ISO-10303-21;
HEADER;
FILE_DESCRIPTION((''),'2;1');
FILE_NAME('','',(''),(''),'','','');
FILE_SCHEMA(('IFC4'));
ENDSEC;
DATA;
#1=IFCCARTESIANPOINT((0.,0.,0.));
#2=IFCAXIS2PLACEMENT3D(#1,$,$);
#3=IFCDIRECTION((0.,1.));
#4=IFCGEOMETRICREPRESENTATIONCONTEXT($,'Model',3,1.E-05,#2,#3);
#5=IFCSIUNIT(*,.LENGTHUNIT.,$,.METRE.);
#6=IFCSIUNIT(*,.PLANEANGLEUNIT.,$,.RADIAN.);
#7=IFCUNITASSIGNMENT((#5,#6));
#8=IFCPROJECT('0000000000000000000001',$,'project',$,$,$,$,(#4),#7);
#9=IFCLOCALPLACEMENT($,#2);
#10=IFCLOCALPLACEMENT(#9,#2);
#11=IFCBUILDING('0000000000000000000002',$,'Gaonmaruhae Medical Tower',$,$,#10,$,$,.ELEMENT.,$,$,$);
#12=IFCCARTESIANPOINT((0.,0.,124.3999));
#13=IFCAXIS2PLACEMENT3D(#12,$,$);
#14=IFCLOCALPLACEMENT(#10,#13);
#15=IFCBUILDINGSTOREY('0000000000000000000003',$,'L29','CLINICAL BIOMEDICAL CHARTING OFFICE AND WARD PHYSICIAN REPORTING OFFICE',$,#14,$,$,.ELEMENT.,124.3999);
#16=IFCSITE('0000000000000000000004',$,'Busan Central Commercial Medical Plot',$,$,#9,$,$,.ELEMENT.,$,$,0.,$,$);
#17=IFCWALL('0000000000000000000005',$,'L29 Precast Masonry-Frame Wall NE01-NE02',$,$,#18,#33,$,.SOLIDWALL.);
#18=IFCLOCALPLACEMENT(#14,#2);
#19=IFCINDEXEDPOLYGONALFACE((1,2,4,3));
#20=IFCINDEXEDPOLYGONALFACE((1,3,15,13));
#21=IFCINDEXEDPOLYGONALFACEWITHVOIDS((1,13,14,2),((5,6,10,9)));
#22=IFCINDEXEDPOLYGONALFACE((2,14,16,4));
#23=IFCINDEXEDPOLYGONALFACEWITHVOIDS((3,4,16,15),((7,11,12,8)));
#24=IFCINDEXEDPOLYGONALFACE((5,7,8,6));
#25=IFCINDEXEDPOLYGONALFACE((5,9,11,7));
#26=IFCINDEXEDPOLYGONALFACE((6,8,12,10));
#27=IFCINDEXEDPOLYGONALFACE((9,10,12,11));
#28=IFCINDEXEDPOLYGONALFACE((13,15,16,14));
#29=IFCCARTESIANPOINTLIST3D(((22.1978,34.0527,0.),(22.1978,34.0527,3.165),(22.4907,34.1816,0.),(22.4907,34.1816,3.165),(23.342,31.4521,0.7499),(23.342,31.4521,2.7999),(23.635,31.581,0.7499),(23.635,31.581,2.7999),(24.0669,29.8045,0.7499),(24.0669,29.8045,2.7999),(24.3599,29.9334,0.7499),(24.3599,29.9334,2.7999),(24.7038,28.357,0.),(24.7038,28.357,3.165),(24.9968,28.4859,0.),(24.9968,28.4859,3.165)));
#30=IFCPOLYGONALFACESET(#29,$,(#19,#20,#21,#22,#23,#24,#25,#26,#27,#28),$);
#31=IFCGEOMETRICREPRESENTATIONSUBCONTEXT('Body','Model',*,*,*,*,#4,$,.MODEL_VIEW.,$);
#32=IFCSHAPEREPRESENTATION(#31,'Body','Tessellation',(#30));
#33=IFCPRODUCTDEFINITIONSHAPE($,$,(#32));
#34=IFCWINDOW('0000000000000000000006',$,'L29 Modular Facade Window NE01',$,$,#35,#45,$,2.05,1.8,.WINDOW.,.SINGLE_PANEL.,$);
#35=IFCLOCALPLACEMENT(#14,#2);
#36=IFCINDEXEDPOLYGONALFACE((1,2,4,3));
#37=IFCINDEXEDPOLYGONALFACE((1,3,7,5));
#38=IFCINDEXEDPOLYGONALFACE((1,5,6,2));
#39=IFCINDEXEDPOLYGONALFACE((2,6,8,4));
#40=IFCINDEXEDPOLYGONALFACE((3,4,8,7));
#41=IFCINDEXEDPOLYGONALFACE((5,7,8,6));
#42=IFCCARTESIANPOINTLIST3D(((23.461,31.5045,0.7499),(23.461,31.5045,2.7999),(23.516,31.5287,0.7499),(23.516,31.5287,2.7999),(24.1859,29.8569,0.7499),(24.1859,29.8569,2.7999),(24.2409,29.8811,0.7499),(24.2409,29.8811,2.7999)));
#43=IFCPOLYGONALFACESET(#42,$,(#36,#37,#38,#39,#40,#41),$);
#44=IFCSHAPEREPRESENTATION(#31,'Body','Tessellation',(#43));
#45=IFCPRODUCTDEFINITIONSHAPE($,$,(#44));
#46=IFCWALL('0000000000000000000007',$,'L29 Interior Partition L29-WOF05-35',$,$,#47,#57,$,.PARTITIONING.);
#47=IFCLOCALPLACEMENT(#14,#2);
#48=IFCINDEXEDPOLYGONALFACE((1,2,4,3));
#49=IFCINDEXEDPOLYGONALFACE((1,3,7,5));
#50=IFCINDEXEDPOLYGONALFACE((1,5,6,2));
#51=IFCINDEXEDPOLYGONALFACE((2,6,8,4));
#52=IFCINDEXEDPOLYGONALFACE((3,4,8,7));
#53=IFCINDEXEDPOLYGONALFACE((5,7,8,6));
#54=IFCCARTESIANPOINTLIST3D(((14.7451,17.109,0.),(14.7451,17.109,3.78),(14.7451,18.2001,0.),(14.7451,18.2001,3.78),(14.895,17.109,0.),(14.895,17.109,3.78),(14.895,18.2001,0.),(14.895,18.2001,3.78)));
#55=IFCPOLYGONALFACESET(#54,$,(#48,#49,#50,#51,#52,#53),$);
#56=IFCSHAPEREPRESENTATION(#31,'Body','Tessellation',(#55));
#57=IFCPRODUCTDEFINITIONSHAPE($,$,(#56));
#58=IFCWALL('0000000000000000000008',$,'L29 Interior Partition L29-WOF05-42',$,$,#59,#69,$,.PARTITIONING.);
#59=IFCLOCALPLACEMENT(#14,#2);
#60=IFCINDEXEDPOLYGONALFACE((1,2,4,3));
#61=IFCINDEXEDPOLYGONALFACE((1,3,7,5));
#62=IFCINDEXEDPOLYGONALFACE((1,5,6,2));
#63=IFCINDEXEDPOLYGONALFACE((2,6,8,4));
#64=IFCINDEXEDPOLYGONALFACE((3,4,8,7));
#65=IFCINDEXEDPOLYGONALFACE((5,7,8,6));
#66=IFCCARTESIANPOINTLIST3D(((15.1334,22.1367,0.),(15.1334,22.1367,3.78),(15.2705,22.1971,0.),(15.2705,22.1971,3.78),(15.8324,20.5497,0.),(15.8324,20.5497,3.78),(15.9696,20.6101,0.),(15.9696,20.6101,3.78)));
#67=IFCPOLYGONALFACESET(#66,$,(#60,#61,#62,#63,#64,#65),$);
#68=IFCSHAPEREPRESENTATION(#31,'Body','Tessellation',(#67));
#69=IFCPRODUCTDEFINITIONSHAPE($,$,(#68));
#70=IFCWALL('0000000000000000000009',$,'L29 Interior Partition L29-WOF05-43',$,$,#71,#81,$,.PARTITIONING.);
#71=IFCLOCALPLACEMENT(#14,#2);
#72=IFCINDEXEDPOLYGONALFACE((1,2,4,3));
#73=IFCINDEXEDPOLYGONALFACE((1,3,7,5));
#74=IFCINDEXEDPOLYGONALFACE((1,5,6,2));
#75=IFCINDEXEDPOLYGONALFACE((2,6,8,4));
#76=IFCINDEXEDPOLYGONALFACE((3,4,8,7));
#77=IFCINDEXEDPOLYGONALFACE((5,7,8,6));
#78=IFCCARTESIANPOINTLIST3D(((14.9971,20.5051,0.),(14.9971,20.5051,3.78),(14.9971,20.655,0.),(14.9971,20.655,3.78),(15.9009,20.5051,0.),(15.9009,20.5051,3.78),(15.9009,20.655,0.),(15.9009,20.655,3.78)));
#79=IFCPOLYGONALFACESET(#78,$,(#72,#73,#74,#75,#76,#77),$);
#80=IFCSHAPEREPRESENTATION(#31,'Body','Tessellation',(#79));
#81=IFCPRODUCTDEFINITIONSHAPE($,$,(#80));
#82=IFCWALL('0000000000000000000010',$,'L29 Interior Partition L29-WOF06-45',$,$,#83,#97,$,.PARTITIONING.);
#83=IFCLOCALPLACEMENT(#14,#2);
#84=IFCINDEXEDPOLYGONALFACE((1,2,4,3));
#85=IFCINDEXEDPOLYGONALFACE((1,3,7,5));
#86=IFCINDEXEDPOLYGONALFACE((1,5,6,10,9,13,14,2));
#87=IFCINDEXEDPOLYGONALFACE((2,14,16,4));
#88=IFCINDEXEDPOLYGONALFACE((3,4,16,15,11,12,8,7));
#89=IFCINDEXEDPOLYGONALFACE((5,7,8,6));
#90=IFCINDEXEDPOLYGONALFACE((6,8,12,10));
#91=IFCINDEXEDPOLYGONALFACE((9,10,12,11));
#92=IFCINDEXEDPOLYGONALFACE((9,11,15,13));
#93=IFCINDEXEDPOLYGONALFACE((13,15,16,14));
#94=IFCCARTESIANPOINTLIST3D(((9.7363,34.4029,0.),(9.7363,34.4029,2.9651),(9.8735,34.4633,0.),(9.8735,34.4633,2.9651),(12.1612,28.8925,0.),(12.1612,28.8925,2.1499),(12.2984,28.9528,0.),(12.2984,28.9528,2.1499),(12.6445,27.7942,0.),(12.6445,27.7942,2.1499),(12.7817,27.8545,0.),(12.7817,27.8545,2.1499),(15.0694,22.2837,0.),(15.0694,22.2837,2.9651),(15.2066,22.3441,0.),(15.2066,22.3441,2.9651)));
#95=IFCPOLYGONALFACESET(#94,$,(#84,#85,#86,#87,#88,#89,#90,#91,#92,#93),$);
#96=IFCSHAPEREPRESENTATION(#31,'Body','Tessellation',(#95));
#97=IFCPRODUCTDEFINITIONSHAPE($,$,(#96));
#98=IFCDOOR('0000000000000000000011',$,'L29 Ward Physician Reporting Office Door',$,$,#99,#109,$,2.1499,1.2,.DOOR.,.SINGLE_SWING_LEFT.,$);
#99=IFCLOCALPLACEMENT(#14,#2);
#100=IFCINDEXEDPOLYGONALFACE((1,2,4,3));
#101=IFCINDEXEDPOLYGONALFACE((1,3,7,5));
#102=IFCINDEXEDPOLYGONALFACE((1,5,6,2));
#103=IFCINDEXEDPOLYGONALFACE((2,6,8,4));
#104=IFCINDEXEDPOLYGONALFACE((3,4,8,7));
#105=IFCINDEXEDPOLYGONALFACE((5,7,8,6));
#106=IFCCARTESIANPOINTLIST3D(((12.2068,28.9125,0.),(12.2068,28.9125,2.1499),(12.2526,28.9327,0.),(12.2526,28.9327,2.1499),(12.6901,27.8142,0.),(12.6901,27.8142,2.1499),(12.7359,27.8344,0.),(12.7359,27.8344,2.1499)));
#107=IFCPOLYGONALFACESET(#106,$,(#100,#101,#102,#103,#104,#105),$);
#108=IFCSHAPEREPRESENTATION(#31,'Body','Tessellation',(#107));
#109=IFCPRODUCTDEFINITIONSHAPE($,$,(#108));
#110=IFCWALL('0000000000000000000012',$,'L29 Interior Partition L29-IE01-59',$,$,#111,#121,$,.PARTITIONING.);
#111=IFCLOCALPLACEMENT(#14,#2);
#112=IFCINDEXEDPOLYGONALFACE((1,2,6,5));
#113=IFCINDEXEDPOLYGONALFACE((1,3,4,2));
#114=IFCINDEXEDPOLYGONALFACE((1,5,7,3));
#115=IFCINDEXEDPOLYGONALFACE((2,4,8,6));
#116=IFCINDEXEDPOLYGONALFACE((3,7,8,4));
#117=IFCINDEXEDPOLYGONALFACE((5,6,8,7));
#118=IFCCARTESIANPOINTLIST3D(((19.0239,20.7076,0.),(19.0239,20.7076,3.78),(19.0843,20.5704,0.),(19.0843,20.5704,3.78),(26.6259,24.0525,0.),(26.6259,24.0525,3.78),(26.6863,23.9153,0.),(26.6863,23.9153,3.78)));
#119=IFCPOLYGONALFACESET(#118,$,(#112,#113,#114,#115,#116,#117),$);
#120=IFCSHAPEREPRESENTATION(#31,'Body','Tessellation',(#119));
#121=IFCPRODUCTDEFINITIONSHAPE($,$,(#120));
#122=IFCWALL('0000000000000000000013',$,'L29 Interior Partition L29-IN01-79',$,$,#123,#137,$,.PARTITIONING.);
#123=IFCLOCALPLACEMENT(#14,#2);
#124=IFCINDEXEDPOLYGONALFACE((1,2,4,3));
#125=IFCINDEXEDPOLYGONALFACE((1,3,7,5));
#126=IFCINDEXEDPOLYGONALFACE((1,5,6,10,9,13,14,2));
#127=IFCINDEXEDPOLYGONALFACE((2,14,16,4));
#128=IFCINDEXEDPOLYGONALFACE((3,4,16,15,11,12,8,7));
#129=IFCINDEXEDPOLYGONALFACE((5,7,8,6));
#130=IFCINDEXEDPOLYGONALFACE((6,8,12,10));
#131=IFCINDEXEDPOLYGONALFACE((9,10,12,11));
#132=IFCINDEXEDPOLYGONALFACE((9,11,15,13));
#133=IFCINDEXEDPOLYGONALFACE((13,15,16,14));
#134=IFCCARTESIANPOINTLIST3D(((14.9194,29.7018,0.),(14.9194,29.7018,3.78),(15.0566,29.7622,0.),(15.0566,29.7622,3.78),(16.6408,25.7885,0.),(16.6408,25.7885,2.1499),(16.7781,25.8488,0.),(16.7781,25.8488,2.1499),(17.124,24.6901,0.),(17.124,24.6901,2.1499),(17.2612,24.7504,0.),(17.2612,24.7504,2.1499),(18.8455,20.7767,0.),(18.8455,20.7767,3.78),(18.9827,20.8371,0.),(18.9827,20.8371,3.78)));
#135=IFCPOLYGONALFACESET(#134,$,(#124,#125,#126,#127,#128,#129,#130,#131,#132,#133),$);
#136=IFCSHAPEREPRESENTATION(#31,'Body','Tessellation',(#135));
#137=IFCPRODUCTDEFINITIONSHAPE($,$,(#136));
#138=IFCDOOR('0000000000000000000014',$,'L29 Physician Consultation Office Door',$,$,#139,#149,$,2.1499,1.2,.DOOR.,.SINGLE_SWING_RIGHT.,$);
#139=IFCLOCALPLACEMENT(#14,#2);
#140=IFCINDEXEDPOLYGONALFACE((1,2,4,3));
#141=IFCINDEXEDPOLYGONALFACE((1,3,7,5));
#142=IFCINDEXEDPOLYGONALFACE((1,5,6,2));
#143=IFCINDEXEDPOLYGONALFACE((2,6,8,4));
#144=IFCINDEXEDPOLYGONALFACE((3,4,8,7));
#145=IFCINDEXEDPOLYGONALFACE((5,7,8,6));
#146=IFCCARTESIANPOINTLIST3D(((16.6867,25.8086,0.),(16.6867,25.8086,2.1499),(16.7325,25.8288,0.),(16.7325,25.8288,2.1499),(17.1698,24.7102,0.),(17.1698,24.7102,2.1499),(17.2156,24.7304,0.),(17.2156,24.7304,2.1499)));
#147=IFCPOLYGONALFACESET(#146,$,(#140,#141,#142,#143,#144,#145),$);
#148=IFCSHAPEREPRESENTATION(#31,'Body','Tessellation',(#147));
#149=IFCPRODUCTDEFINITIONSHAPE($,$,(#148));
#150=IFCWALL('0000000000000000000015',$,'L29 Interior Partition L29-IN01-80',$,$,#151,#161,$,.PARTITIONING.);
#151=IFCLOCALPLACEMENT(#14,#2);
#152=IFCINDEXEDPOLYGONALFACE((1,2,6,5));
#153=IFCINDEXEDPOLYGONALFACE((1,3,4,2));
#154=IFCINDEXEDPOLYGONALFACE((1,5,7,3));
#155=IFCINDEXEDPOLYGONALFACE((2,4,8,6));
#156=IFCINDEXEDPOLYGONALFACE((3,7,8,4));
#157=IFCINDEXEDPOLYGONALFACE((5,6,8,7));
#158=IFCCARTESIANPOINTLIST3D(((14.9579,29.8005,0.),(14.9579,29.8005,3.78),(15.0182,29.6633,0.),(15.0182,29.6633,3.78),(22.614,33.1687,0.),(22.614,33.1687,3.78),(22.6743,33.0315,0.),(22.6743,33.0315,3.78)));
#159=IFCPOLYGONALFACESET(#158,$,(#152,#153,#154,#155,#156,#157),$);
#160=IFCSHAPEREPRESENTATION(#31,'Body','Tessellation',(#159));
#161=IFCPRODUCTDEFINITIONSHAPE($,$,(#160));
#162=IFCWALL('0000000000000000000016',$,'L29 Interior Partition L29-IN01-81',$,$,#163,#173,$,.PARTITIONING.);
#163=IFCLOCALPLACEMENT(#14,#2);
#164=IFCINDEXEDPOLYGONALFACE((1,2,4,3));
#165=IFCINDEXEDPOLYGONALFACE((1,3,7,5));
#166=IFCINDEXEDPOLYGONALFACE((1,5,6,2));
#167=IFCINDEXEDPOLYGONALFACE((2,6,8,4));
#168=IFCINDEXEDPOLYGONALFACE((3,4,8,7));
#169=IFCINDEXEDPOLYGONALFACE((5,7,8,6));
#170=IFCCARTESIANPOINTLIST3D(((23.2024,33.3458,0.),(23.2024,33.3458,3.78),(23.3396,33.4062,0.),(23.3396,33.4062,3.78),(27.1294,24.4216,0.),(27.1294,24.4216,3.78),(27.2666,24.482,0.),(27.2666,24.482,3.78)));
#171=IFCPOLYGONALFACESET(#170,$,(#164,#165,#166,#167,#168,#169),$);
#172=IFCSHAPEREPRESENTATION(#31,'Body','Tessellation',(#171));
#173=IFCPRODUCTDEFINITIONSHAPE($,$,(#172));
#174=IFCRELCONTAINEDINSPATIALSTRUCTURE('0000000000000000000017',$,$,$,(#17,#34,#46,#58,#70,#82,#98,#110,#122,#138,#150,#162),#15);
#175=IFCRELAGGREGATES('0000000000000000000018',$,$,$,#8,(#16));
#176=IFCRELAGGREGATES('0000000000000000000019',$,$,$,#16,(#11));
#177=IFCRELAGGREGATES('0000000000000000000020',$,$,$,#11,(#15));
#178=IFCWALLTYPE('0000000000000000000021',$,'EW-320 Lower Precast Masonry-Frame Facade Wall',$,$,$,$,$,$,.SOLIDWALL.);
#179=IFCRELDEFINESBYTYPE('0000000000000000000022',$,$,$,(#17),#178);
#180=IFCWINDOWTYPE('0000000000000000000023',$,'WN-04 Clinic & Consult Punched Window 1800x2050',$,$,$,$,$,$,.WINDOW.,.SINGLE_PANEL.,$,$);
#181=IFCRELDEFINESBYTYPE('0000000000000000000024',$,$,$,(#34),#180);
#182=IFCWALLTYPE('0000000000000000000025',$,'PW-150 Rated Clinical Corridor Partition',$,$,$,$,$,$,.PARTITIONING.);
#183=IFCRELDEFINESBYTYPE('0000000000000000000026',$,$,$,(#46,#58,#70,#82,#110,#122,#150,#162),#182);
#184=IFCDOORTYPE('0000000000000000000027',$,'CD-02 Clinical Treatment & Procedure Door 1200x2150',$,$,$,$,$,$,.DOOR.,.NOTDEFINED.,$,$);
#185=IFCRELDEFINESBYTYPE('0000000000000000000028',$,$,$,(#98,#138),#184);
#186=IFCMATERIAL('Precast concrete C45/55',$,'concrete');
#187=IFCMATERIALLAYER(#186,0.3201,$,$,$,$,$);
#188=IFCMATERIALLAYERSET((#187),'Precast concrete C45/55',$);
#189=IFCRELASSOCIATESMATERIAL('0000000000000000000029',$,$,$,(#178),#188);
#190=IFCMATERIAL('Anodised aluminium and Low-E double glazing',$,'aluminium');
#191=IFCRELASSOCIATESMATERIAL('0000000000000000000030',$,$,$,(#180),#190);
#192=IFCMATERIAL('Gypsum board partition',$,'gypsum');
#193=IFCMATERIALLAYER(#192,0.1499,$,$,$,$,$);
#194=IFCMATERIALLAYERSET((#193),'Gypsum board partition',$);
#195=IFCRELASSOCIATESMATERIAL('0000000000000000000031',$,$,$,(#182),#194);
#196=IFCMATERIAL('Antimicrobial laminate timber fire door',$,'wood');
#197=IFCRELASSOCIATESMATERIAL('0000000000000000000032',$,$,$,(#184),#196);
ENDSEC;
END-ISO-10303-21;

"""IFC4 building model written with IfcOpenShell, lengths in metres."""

from ifc_helpers import new_model, si_unit, direction, frame, frame_2d, origin, place, context, subcontext, project, spatial, rectangle, extrude, material, layer, layer_set, type_object, element, fill, save


model = new_model("IFC4")

# Units and contexts
model_context = context("Model", 3, precision=1e-05, world=origin(), true_north=direction((0.0, 1.0)))
body_context = subcontext(model_context, "Body", "Model", "MODEL_VIEW")
ifc_project = project(units=[si_unit("LENGTHUNIT", "METRE"), si_unit("PLANEANGLEUNIT", "RADIAN")], contexts=[model_context])

# Site, building, storey
site_placement = place(None, origin())
site = spatial("IfcSite", under=ifc_project, at=site_placement, Name="Busan Central Commercial Medical Plot", CompositionType="ELEMENT", RefElevation=0.0)
building_placement = place(site_placement, origin())
building = spatial("IfcBuilding", under=site, at=building_placement, Name="Gaonmaruhae Medical Tower", CompositionType="ELEMENT")
storey_placement = place(building_placement, frame((0.0, 0.0, 124.3999)))
storey = spatial("IfcBuildingStorey", under=building, at=storey_placement, Name="L29", Description="CLINICAL BIOMEDICAL CHARTING OFFICE AND WARD PHYSICIAN REPORTING OFFICE", CompositionType="ELEMENT", Elevation=124.3999)

# Wall, opening, window
ifc_material_1 = material(Name="Precast concrete C45/55", Category="concrete")
ifc_layer_1 = layer(ifc_material_1, 0.3201)
ifc_layer_set_1 = layer_set([ifc_layer_1], Name="Precast concrete C45/55")
wall_type_1 = type_object("IfcWallType", Name="EW-320 Lower Precast Masonry-Frame Facade Wall", PredefinedType="SOLIDWALL", material=ifc_layer_set_1)
wall_1_placement = place(storey_placement, frame((22.3442, 34.1172, 0.0), z_axis=(0.0, 0.0, 1.0), x_axis=(0.402732, -0.915318, 0.0)))
wall_1 = element("IfcWall", 1, at=wall_1_placement, inside=storey, type_object=wall_type_1, Name="L29 Precast Masonry-Frame Wall NE01-NE02", PredefinedType="SOLIDWALL", context=body_context, shape_type="SweptSolid", body=[
    extrude(rectangle(XDim=6.2227, YDim=0.3201, at=frame_2d((3.1113, 0.0))), origin(), (0.0, 0.0, 1.0), 3.165),
])
opening_1_placement = place(wall_1_placement, frame((2.8413, 0.0, 0.75)))
opening_1 = element("IfcOpeningElement", 2, at=opening_1_placement, cuts=wall_1, PredefinedType="OPENING", context=body_context, shape_type="SweptSolid", body=[
    extrude(rectangle(XDim=1.8, YDim=2.05, at=frame_2d((0.8999, 1.0249))), frame((0.0, 0.1699, 0.0), z_axis=(0.0, -1.0, 0.0), x_axis=(1.0, 0.0, 0.0)), (0.0, 0.0, 1.0), 0.3401),
])
ifc_material_2 = material(Name="Anodised aluminium and Low-E double glazing", Category="aluminium")
window_type = type_object("IfcWindowType", Name="WN-04 Clinic & Consult Punched Window 1800x2050", PartitioningType="SINGLE_PANEL", PredefinedType="WINDOW", material=ifc_material_2)
window_placement = place(opening_1_placement, origin())
window = element("IfcWindow", 3, at=window_placement, inside=storey, type_object=window_type, Name="L29 Modular Facade Window NE01", OverallHeight=2.05, OverallWidth=1.8, PartitioningType="SINGLE_PANEL", PredefinedType="WINDOW", context=body_context, shape_type="SweptSolid", body=[
    extrude(rectangle(XDim=1.8, YDim=2.05, at=frame_2d((0.8999, 1.0249))), frame((0.0, 0.03, 0.0), z_axis=(0.0, -1.0, 0.0), x_axis=(1.0, 0.0, 0.0)), (0.0, 0.0, 1.0), 0.0601),
])
fill(opening_1, window)

# Shared definitions
ifc_material_3 = material(Name="Gypsum board partition", Category="gypsum")
ifc_layer_2 = layer(ifc_material_3, 0.1499)
ifc_layer_set_2 = layer_set([ifc_layer_2], Name="Gypsum board partition")
wall_type_2 = type_object("IfcWallType", Name="PW-150 Rated Clinical Corridor Partition", PredefinedType="PARTITIONING", material=ifc_layer_set_2)
ifc_material_4 = material(Name="Antimicrobial laminate timber fire door", Category="wood")
door_type_1 = type_object("IfcDoorType", Name="CD-02 Clinical Treatment & Procedure Door 1200x2150", OperationType="NOTDEFINED", PredefinedType="DOOR", material=ifc_material_4)

# Walls
wall_2_placement = place(storey_placement, frame((14.8201, 18.2, 0.0), z_axis=(0.0, 0.0, 1.0), x_axis=(0.0, -1.0, 0.0)))
element("IfcWall", 4, at=wall_2_placement, inside=storey, type_object=wall_type_2, Name="L29 Interior Partition L29-WOF05-35", PredefinedType="PARTITIONING", context=body_context, shape_type="SweptSolid", body=[
    extrude(rectangle(XDim=1.0911, YDim=0.1499, at=frame_2d((0.5454, 0.0))), origin(), (0.0, 0.0, 1.0), 3.78),
])
wall_3_placement = place(storey_placement, frame((15.2019, 22.167, 0.0), z_axis=(0.0, 0.0, 1.0), x_axis=(0.403092, -0.915159, 0.0)))
element("IfcWall", 5, at=wall_3_placement, inside=storey, type_object=wall_type_2, Name="L29 Interior Partition L29-WOF05-42", PredefinedType="PARTITIONING", context=body_context, shape_type="SweptSolid", body=[
    extrude(rectangle(XDim=1.7341, YDim=0.1499, at=frame_2d((0.8672, 0.0))), origin(), (0.0, 0.0, 1.0), 3.78),
])
wall_4_placement = place(storey_placement, frame((15.9009, 20.5801, 0.0), z_axis=(0.0, 0.0, 1.0), x_axis=(-1.0, 0.0, 0.0)))
element("IfcWall", 6, at=wall_4_placement, inside=storey, type_object=wall_type_2, Name="L29 Interior Partition L29-WOF05-43", PredefinedType="PARTITIONING", context=body_context, shape_type="SweptSolid", body=[
    extrude(rectangle(XDim=0.9038, YDim=0.1499, at=frame_2d((0.4519, 0.0))), origin(), (0.0, 0.0, 1.0), 3.78),
])

# Wall, opening, door
wall_5_placement = place(storey_placement, frame((9.8049, 34.4331, 0.0), z_axis=(0.0, 0.0, 1.0), x_axis=(0.402776, -0.915299, 0.0)))
wall_5 = element("IfcWall", 7, at=wall_5_placement, inside=storey, type_object=wall_type_2, Name="L29 Interior Partition L29-WOF06-45", PredefinedType="PARTITIONING", context=body_context, shape_type="SweptSolid", body=[
    extrude(rectangle(XDim=13.2407, YDim=0.1499, at=frame_2d((6.6204, 0.0))), origin(), (0.0, 0.0, 1.0), 2.9651),
])
opening_2_placement = place(wall_5_placement, frame((6.0203, 0.0, 0.0)))
opening_2 = element("IfcOpeningElement", 8, at=opening_2_placement, cuts=wall_5, PredefinedType="OPENING", context=body_context, shape_type="SweptSolid", body=[
    extrude(rectangle(XDim=1.2, YDim=2.1499, at=frame_2d((0.6001, 1.075))), frame((0.0, 0.085, 0.0), z_axis=(0.0, -1.0, 0.0), x_axis=(1.0, 0.0, 0.0)), (0.0, 0.0, 1.0), 0.1699),
])
door_1_placement = place(opening_2_placement, origin())
door_1 = element("IfcDoor", 9, at=door_1_placement, inside=storey, type_object=door_type_1, Name="L29 Ward Physician Reporting Office Door", OperationType="SINGLE_SWING_LEFT", OverallHeight=2.1499, OverallWidth=1.2, PredefinedType="DOOR", context=body_context, shape_type="SweptSolid", body=[
    extrude(rectangle(XDim=1.2, YDim=2.1499, at=frame_2d((0.6001, 1.075))), frame((0.0, 0.0249, 0.0), z_axis=(0.0, -1.0, 0.0), x_axis=(1.0, 0.0, 0.0)), (0.0, 0.0, 1.0), 0.05),
])
fill(opening_2, door_1)

# Wall
wall_6_placement = place(storey_placement, frame((19.054, 20.6389, 0.0), z_axis=(0.0, 0.0, 1.0), x_axis=(0.915312, 0.402746, 0.0)))
element("IfcWall", 10, at=wall_6_placement, inside=storey, type_object=wall_type_2, Name="L29 Interior Partition L29-IE01-59", PredefinedType="PARTITIONING", context=body_context, shape_type="SweptSolid", body=[
    extrude(rectangle(XDim=8.3054, YDim=0.1499, at=frame_2d((4.1528, 0.0))), origin(), (0.0, 0.0, 1.0), 3.78),
])

# Wall, opening, door
wall_7_placement = place(storey_placement, frame((18.9141, 20.8069, 0.0), z_axis=(0.0, 0.0, 1.0), x_axis=(-0.402653, 0.915353, 0.0)))
wall_7 = element("IfcWall", 11, at=wall_7_placement, inside=storey, type_object=wall_type_2, Name="L29 Interior Partition L29-IN01-79", PredefinedType="PARTITIONING", context=body_context, shape_type="SweptSolid", body=[
    extrude(rectangle(XDim=9.7505, YDim=0.1499, at=frame_2d((4.8752, 0.0))), origin(), (0.0, 0.0, 1.0), 3.78),
])
opening_3_placement = place(wall_7_placement, frame((4.2751, 0.0, 0.0)))
opening_3 = element("IfcOpeningElement", 12, at=opening_3_placement, cuts=wall_7, PredefinedType="OPENING", context=body_context, shape_type="SweptSolid", body=[
    extrude(rectangle(XDim=1.2, YDim=2.1499, at=frame_2d((0.6001, 1.075))), frame((0.0, 0.085, 0.0), z_axis=(0.0, -1.0, 0.0), x_axis=(1.0, 0.0, 0.0)), (0.0, 0.0, 1.0), 0.1699),
])
door_2_placement = place(opening_3_placement, origin())
door_2 = element("IfcDoor", 13, at=door_2_placement, inside=storey, type_object=door_type_1, Name="L29 Physician Consultation Office Door", OperationType="SINGLE_SWING_RIGHT", OverallHeight=2.1499, OverallWidth=1.2, PredefinedType="DOOR", context=body_context, shape_type="SweptSolid", body=[
    extrude(rectangle(XDim=1.2, YDim=2.1499, at=frame_2d((0.6001, 1.075))), frame((0.0, 0.0249, 0.0), z_axis=(0.0, -1.0, 0.0), x_axis=(1.0, 0.0, 0.0)), (0.0, 0.0, 1.0), 0.05),
])
fill(opening_3, door_2)

# Walls
wall_8_placement = place(storey_placement, frame((14.988, 29.7319, 0.0), z_axis=(0.0, 0.0, 1.0), x_axis=(0.915336, 0.402691, 0.0)))
element("IfcWall", 14, at=wall_8_placement, inside=storey, type_object=wall_type_2, Name="L29 Interior Partition L29-IN01-80", PredefinedType="PARTITIONING", context=body_context, shape_type="SweptSolid", body=[
    extrude(rectangle(XDim=8.3643, YDim=0.1499, at=frame_2d((4.1821, 0.0))), origin(), (0.0, 0.0, 1.0), 3.78),
])
wall_9_placement = place(storey_placement, frame((23.271, 33.376, 0.0), z_axis=(0.0, 0.0, 1.0), x_axis=(0.402774, -0.9153, 0.0)))
element("IfcWall", 15, at=wall_9_placement, inside=storey, type_object=wall_type_2, Name="L29 Interior Partition L29-IN01-81", PredefinedType="PARTITIONING", context=body_context, shape_type="SweptSolid", body=[
    extrude(rectangle(XDim=9.75, YDim=0.1499, at=frame_2d((4.875, 0.0))), origin(), (0.0, 0.0, 1.0), 3.78),
])

save(model, "model.ifc")
